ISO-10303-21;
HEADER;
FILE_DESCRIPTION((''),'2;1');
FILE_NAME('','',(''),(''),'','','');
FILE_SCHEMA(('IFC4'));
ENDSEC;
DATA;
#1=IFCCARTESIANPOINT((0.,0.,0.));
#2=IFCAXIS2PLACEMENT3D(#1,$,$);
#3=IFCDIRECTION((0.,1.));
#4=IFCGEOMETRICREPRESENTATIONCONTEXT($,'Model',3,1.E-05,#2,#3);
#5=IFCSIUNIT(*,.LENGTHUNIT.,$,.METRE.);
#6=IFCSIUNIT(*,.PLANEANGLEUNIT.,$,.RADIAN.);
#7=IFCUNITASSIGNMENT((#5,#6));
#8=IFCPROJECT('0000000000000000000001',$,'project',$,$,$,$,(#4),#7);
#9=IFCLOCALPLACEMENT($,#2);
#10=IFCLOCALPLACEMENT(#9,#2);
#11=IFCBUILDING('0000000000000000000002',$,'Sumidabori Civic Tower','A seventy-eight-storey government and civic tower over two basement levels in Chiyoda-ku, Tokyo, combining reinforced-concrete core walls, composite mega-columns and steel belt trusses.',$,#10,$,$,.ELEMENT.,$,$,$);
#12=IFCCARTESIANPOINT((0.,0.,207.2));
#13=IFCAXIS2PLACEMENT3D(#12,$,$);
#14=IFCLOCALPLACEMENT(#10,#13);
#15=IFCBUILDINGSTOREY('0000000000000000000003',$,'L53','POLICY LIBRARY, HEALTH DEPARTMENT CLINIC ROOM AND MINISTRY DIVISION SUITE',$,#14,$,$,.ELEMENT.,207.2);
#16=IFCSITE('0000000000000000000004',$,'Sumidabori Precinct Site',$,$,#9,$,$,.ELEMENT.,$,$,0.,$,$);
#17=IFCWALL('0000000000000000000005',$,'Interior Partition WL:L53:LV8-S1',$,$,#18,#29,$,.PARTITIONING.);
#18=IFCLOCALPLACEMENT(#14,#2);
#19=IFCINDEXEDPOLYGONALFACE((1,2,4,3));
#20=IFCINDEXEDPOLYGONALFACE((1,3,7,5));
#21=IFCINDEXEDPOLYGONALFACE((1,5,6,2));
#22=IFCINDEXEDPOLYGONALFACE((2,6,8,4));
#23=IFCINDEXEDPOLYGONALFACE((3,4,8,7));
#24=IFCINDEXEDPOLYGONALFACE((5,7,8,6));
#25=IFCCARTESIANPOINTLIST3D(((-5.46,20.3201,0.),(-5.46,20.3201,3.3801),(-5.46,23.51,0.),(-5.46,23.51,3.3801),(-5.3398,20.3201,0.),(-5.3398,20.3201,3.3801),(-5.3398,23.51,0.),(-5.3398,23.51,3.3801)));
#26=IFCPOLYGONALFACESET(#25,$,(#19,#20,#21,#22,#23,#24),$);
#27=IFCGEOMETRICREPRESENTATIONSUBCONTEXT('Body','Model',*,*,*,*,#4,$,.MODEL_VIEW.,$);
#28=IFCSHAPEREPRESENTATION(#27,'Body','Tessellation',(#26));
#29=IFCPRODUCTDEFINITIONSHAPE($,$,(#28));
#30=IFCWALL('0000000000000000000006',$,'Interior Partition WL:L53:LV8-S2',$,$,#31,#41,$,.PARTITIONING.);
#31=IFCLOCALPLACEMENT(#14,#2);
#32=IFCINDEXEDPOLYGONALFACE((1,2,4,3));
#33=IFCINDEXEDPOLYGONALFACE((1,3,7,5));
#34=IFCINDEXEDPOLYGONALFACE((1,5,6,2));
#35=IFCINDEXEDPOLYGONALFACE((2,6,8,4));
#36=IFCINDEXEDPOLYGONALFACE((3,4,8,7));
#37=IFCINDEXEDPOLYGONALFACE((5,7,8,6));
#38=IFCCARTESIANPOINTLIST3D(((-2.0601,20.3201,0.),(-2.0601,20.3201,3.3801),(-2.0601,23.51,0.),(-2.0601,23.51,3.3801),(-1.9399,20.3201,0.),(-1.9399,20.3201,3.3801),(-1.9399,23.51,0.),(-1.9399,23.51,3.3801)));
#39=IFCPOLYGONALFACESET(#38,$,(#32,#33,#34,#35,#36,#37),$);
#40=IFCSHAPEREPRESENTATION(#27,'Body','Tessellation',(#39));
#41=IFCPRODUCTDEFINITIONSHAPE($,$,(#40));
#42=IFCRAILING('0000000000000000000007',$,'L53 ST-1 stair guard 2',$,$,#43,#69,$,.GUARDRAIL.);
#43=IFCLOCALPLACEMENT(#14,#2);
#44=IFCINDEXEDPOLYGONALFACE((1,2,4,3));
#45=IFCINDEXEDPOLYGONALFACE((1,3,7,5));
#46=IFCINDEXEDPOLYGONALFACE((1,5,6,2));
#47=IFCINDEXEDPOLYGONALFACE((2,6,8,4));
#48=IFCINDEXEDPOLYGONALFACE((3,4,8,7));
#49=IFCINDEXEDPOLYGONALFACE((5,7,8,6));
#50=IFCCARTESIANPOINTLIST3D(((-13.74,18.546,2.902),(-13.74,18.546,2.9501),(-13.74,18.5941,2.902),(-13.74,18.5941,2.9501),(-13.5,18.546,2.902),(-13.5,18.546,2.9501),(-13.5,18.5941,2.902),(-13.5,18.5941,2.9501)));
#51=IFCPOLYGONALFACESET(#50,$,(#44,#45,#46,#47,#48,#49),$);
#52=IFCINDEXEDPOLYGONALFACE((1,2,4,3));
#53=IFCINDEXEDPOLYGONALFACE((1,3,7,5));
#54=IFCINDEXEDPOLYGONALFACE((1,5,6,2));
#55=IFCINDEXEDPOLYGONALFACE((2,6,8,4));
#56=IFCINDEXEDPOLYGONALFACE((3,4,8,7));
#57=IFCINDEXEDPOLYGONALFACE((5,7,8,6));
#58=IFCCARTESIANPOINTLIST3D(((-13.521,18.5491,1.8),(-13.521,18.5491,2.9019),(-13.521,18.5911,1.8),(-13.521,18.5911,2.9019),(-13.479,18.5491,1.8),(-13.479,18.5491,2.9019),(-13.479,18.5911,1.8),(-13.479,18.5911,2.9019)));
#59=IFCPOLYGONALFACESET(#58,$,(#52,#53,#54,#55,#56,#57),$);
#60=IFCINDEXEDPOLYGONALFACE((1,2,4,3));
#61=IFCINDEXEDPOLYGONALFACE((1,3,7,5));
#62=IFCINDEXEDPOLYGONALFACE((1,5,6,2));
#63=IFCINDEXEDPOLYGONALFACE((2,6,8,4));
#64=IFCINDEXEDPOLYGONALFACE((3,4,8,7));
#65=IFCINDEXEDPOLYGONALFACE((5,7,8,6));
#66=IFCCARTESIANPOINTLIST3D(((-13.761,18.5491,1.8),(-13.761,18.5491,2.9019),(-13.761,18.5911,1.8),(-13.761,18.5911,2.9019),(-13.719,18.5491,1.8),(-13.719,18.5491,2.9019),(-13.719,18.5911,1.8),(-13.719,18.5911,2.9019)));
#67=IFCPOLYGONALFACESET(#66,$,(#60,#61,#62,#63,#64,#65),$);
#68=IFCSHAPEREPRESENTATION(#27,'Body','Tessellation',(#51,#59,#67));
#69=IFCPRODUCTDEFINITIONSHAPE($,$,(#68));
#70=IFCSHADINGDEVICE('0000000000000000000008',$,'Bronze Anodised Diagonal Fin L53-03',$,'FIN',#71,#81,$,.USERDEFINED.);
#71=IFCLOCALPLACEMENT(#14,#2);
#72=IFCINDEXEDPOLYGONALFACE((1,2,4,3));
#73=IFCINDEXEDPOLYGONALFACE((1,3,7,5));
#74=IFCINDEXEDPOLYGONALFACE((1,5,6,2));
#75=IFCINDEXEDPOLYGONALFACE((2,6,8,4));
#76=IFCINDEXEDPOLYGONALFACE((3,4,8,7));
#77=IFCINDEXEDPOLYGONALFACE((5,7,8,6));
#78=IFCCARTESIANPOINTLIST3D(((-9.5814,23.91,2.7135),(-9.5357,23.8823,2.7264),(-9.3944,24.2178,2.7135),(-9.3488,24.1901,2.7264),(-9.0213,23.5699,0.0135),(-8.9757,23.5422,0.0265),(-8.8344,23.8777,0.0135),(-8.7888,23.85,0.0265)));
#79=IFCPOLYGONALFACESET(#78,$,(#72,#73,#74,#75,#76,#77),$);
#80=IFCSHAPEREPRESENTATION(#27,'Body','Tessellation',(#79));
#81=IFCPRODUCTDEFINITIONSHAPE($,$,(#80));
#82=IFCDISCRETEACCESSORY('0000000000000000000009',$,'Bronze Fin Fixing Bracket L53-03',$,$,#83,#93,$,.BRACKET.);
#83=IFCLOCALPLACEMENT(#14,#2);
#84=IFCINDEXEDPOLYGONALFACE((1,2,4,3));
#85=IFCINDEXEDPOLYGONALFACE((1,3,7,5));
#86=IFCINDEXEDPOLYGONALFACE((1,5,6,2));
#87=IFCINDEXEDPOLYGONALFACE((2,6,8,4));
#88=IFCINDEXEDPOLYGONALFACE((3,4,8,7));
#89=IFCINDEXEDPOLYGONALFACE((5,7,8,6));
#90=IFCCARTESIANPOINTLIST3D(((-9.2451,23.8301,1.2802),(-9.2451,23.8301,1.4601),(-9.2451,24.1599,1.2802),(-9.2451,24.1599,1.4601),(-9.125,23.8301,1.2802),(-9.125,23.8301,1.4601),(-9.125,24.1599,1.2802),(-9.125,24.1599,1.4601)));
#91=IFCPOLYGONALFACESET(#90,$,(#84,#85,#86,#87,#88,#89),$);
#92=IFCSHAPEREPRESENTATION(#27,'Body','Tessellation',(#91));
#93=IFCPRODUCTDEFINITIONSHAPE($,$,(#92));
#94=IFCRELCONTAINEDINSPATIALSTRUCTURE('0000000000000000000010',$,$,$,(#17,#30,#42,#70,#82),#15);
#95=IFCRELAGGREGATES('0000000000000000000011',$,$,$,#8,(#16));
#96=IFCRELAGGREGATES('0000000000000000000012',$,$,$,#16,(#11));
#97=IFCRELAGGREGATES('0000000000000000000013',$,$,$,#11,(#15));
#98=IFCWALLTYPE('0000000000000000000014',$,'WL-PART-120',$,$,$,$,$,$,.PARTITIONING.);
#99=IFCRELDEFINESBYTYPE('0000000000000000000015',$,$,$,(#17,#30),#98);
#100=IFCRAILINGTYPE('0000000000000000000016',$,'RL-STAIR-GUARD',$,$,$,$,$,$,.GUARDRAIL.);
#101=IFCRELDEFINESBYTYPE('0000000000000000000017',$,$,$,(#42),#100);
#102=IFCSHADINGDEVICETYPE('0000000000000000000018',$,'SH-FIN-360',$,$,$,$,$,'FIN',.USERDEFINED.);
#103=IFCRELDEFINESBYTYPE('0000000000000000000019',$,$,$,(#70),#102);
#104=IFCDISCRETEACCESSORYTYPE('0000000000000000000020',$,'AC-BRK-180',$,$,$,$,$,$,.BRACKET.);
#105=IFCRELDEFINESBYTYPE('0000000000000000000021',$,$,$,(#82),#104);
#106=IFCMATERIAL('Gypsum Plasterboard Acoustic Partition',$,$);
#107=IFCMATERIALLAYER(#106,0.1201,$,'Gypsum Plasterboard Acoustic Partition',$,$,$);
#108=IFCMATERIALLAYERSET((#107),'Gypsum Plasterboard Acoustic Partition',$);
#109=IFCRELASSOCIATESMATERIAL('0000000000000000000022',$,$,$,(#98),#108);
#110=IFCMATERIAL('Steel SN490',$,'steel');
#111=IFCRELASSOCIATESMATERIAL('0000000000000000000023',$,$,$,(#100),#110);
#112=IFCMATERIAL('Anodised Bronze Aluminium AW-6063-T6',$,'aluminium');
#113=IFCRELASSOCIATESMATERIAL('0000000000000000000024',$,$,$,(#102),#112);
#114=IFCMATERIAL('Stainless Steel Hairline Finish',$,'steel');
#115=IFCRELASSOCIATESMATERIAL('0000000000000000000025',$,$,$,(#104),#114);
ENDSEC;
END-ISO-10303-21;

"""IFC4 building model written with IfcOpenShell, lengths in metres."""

from ifc_helpers import new_model, si_unit, direction, frame, frame_2d, origin, origin_2d, place, context, subcontext, project, spatial, rectangle, extrude, source, transform, mapped, material, layer, layer_set, material_profile, profile_set, type_object, element, save


model = new_model("IFC4")

# Units and contexts
model_context = context("Model", 3, precision=1e-05, world=origin(), true_north=direction((0.0, 1.0)))
body_context = subcontext(model_context, "Body", "Model", "MODEL_VIEW")
ifc_project = project(units=[si_unit("LENGTHUNIT", "METRE"), si_unit("PLANEANGLEUNIT", "RADIAN")], contexts=[model_context])

# Site, building, storey
site_placement = place(None, origin())
site = spatial("IfcSite", under=ifc_project, at=site_placement, Name="Sumidabori Precinct Site", CompositionType="ELEMENT", RefElevation=0.0)
building_placement = place(site_placement, origin())
building = spatial("IfcBuilding", under=site, at=building_placement, Name="Sumidabori Civic Tower", Description="A seventy-eight-storey government and civic tower over two basement levels in Chiyoda-ku, Tokyo, combining reinforced-concrete core walls, composite mega-columns and steel belt trusses.", CompositionType="ELEMENT")
storey_placement = place(building_placement, frame((0.0, 0.0, 207.2)))
storey = spatial("IfcBuildingStorey", under=building, at=storey_placement, Name="L53", Description="POLICY LIBRARY, HEALTH DEPARTMENT CLINIC ROOM AND MINISTRY DIVISION SUITE", CompositionType="ELEMENT", Elevation=207.2)

# Shared definitions
ifc_material_1 = material(Name="Anodised Bronze Aluminium AW-6063-T6", Category="aluminium")

# Shared definitions
ifc_material_2 = material(Name="Gypsum Plasterboard Acoustic Partition")

# Walls
ifc_layer_1 = layer(ifc_material_2, 0.1201, Name="Gypsum Plasterboard Acoustic Partition")
ifc_layer_set_1 = layer_set([ifc_layer_1], Name="Gypsum Plasterboard Acoustic Partition")
wall_type_1 = type_object("IfcWallType", Name="WL-PART-120", PredefinedType="PARTITIONING", material=ifc_layer_set_1)
shared_shape_1 = source(origin(), body_context, "Body", "SweptSolid", [
    extrude(rectangle(XDim=3.1899, YDim=0.1201, at=frame_2d((1.595, 0.0))), origin(), (0.0, 0.0, 1.0), 3.3801),
])
for number, where, z_axis, x_axis, name in (
    (1, (-5.3999, 20.3201, 0.0), (0.0, 0.0, 1.0), (0.0, 1.0, 0.0), "Interior Partition WL:L53:LV8-S1"),
    (2, (-2.0, 20.3201, 0.0), (0.0, 0.0, 1.0), (0.0, 1.0, 0.0), "Interior Partition WL:L53:LV8-S2"),
):
    element("IfcWall", number, at=place(storey_placement, frame(where, z_axis=z_axis, x_axis=x_axis)), inside=storey, type_object=wall_type_1, Name=name, PredefinedType="PARTITIONING", context=body_context, shape_type="MappedRepresentation", body=[
        mapped(shared_shape_1, transform((0.0, 0.0, 0.0), x_axis=(1.0, 0.0, 0.0), y_axis=(0.0, 1.0, 0.0), z_axis=(0.0, 0.0, 1.0), scale=1.0)),
    ])

# Railing
ifc_material_3 = material(Name="Steel SN490", Category="steel")
railing_type = type_object("IfcRailingType", Name="RL-STAIR-GUARD", PredefinedType="GUARDRAIL", material=ifc_material_3)
railing_placement = place(storey_placement, frame((-13.5, 18.5701, 1.8)))
element("IfcRailing", 3, at=railing_placement, inside=storey, type_object=railing_type, Name="L53 ST-1 stair guard 2", PredefinedType="GUARDRAIL", context=body_context, shape_type="SweptSolid", body=[
    extrude(rectangle(XDim=0.0481, YDim=0.0481, at=origin_2d()), frame((0.0, 0.0, 1.126), z_axis=(-1.0, 0.0, 0.0), x_axis=(0.0, -1.0, 0.0)), (0.0, 0.0, 1.0), 0.24),
    extrude(rectangle(XDim=0.042, YDim=0.042, at=origin_2d()), origin(), (0.0, 0.0, 1.0), 1.1018),
    extrude(rectangle(XDim=0.042, YDim=0.042, at=origin_2d()), frame((-0.24, 0.0, 0.0)), (0.0, 0.0, 1.0), 1.1018),
])

# Shading device
ifc_material_profile_1 = material_profile(ifc_material_1, rectangle(XDim=0.0549, YDim=0.3601, at=origin_2d()), Name="BRONZE FIN 360x55")
ifc_profile_set_1 = profile_set([ifc_material_profile_1], Name="Anodised Bronze Aluminium AW-6063-T6")
shading_device_type = type_object("IfcShadingDeviceType", Name="SH-FIN-360", ElementType="FIN", PredefinedType="USERDEFINED", material=ifc_profile_set_1)
shared_shape_2 = source(origin(), body_context, "Body", "SweptSolid", [
    extrude(rectangle(XDim=0.0549, YDim=0.3601, at=origin_2d()), origin(), (0.0, 0.0, 1.0), 2.7783),
])
shading_device_placement = place(storey_placement, frame((-8.905, 23.71, 0.02), z_axis=(-0.201582, 0.122408, 0.971793), x_axis=(0.830642, -0.504396, 0.235837)))
element("IfcShadingDevice", 4, at=shading_device_placement, inside=storey, type_object=shading_device_type, Name="Bronze Anodised Diagonal Fin L53-03", ObjectType="FIN", PredefinedType="USERDEFINED", context=body_context, shape_type="MappedRepresentation", body=[
    mapped(shared_shape_2, transform((0.0, 0.0, 0.0), x_axis=(1.0, 0.0, 0.0), y_axis=(0.0, 1.0, 0.0), z_axis=(0.0, 0.0, 1.0), scale=1.0)),
])

# Discrete accessory
ifc_material_4 = material(Name="Stainless Steel Hairline Finish", Category="steel")
ifc_material_profile_2 = material_profile(ifc_material_4, rectangle(XDim=0.1201, YDim=0.1799, at=origin_2d()), Name="STEEL BRACKET 180x120")
ifc_profile_set_2 = profile_set([ifc_material_profile_2], Name="Stainless Steel Hairline Finish")
discrete_accessory_type = type_object("IfcDiscreteAccessoryType", Name="AC-BRK-180", PredefinedType="BRACKET", material=ifc_profile_set_2)
shared_shape_3 = source(origin(), body_context, "Body", "SweptSolid", [
    extrude(rectangle(XDim=0.1201, YDim=0.1799, at=origin_2d()), origin(), (0.0, 0.0, 1.0), 0.3298),
])
discrete_accessory_placement = place(storey_placement, frame((-9.1851, 23.8301, 1.3701), z_axis=(0.0, 1.0, 0.0), x_axis=(-1.0, 0.0, 0.0)))
element("IfcDiscreteAccessory", 5, at=discrete_accessory_placement, inside=storey, type_object=discrete_accessory_type, Name="Bronze Fin Fixing Bracket L53-03", PredefinedType="BRACKET", context=body_context, shape_type="MappedRepresentation", body=[
    mapped(shared_shape_3, transform((0.0, 0.0, 0.0), x_axis=(1.0, 0.0, 0.0), y_axis=(0.0, 1.0, 0.0), z_axis=(0.0, 0.0, 1.0), scale=1.0)),
])

save(model, "model.ifc")
